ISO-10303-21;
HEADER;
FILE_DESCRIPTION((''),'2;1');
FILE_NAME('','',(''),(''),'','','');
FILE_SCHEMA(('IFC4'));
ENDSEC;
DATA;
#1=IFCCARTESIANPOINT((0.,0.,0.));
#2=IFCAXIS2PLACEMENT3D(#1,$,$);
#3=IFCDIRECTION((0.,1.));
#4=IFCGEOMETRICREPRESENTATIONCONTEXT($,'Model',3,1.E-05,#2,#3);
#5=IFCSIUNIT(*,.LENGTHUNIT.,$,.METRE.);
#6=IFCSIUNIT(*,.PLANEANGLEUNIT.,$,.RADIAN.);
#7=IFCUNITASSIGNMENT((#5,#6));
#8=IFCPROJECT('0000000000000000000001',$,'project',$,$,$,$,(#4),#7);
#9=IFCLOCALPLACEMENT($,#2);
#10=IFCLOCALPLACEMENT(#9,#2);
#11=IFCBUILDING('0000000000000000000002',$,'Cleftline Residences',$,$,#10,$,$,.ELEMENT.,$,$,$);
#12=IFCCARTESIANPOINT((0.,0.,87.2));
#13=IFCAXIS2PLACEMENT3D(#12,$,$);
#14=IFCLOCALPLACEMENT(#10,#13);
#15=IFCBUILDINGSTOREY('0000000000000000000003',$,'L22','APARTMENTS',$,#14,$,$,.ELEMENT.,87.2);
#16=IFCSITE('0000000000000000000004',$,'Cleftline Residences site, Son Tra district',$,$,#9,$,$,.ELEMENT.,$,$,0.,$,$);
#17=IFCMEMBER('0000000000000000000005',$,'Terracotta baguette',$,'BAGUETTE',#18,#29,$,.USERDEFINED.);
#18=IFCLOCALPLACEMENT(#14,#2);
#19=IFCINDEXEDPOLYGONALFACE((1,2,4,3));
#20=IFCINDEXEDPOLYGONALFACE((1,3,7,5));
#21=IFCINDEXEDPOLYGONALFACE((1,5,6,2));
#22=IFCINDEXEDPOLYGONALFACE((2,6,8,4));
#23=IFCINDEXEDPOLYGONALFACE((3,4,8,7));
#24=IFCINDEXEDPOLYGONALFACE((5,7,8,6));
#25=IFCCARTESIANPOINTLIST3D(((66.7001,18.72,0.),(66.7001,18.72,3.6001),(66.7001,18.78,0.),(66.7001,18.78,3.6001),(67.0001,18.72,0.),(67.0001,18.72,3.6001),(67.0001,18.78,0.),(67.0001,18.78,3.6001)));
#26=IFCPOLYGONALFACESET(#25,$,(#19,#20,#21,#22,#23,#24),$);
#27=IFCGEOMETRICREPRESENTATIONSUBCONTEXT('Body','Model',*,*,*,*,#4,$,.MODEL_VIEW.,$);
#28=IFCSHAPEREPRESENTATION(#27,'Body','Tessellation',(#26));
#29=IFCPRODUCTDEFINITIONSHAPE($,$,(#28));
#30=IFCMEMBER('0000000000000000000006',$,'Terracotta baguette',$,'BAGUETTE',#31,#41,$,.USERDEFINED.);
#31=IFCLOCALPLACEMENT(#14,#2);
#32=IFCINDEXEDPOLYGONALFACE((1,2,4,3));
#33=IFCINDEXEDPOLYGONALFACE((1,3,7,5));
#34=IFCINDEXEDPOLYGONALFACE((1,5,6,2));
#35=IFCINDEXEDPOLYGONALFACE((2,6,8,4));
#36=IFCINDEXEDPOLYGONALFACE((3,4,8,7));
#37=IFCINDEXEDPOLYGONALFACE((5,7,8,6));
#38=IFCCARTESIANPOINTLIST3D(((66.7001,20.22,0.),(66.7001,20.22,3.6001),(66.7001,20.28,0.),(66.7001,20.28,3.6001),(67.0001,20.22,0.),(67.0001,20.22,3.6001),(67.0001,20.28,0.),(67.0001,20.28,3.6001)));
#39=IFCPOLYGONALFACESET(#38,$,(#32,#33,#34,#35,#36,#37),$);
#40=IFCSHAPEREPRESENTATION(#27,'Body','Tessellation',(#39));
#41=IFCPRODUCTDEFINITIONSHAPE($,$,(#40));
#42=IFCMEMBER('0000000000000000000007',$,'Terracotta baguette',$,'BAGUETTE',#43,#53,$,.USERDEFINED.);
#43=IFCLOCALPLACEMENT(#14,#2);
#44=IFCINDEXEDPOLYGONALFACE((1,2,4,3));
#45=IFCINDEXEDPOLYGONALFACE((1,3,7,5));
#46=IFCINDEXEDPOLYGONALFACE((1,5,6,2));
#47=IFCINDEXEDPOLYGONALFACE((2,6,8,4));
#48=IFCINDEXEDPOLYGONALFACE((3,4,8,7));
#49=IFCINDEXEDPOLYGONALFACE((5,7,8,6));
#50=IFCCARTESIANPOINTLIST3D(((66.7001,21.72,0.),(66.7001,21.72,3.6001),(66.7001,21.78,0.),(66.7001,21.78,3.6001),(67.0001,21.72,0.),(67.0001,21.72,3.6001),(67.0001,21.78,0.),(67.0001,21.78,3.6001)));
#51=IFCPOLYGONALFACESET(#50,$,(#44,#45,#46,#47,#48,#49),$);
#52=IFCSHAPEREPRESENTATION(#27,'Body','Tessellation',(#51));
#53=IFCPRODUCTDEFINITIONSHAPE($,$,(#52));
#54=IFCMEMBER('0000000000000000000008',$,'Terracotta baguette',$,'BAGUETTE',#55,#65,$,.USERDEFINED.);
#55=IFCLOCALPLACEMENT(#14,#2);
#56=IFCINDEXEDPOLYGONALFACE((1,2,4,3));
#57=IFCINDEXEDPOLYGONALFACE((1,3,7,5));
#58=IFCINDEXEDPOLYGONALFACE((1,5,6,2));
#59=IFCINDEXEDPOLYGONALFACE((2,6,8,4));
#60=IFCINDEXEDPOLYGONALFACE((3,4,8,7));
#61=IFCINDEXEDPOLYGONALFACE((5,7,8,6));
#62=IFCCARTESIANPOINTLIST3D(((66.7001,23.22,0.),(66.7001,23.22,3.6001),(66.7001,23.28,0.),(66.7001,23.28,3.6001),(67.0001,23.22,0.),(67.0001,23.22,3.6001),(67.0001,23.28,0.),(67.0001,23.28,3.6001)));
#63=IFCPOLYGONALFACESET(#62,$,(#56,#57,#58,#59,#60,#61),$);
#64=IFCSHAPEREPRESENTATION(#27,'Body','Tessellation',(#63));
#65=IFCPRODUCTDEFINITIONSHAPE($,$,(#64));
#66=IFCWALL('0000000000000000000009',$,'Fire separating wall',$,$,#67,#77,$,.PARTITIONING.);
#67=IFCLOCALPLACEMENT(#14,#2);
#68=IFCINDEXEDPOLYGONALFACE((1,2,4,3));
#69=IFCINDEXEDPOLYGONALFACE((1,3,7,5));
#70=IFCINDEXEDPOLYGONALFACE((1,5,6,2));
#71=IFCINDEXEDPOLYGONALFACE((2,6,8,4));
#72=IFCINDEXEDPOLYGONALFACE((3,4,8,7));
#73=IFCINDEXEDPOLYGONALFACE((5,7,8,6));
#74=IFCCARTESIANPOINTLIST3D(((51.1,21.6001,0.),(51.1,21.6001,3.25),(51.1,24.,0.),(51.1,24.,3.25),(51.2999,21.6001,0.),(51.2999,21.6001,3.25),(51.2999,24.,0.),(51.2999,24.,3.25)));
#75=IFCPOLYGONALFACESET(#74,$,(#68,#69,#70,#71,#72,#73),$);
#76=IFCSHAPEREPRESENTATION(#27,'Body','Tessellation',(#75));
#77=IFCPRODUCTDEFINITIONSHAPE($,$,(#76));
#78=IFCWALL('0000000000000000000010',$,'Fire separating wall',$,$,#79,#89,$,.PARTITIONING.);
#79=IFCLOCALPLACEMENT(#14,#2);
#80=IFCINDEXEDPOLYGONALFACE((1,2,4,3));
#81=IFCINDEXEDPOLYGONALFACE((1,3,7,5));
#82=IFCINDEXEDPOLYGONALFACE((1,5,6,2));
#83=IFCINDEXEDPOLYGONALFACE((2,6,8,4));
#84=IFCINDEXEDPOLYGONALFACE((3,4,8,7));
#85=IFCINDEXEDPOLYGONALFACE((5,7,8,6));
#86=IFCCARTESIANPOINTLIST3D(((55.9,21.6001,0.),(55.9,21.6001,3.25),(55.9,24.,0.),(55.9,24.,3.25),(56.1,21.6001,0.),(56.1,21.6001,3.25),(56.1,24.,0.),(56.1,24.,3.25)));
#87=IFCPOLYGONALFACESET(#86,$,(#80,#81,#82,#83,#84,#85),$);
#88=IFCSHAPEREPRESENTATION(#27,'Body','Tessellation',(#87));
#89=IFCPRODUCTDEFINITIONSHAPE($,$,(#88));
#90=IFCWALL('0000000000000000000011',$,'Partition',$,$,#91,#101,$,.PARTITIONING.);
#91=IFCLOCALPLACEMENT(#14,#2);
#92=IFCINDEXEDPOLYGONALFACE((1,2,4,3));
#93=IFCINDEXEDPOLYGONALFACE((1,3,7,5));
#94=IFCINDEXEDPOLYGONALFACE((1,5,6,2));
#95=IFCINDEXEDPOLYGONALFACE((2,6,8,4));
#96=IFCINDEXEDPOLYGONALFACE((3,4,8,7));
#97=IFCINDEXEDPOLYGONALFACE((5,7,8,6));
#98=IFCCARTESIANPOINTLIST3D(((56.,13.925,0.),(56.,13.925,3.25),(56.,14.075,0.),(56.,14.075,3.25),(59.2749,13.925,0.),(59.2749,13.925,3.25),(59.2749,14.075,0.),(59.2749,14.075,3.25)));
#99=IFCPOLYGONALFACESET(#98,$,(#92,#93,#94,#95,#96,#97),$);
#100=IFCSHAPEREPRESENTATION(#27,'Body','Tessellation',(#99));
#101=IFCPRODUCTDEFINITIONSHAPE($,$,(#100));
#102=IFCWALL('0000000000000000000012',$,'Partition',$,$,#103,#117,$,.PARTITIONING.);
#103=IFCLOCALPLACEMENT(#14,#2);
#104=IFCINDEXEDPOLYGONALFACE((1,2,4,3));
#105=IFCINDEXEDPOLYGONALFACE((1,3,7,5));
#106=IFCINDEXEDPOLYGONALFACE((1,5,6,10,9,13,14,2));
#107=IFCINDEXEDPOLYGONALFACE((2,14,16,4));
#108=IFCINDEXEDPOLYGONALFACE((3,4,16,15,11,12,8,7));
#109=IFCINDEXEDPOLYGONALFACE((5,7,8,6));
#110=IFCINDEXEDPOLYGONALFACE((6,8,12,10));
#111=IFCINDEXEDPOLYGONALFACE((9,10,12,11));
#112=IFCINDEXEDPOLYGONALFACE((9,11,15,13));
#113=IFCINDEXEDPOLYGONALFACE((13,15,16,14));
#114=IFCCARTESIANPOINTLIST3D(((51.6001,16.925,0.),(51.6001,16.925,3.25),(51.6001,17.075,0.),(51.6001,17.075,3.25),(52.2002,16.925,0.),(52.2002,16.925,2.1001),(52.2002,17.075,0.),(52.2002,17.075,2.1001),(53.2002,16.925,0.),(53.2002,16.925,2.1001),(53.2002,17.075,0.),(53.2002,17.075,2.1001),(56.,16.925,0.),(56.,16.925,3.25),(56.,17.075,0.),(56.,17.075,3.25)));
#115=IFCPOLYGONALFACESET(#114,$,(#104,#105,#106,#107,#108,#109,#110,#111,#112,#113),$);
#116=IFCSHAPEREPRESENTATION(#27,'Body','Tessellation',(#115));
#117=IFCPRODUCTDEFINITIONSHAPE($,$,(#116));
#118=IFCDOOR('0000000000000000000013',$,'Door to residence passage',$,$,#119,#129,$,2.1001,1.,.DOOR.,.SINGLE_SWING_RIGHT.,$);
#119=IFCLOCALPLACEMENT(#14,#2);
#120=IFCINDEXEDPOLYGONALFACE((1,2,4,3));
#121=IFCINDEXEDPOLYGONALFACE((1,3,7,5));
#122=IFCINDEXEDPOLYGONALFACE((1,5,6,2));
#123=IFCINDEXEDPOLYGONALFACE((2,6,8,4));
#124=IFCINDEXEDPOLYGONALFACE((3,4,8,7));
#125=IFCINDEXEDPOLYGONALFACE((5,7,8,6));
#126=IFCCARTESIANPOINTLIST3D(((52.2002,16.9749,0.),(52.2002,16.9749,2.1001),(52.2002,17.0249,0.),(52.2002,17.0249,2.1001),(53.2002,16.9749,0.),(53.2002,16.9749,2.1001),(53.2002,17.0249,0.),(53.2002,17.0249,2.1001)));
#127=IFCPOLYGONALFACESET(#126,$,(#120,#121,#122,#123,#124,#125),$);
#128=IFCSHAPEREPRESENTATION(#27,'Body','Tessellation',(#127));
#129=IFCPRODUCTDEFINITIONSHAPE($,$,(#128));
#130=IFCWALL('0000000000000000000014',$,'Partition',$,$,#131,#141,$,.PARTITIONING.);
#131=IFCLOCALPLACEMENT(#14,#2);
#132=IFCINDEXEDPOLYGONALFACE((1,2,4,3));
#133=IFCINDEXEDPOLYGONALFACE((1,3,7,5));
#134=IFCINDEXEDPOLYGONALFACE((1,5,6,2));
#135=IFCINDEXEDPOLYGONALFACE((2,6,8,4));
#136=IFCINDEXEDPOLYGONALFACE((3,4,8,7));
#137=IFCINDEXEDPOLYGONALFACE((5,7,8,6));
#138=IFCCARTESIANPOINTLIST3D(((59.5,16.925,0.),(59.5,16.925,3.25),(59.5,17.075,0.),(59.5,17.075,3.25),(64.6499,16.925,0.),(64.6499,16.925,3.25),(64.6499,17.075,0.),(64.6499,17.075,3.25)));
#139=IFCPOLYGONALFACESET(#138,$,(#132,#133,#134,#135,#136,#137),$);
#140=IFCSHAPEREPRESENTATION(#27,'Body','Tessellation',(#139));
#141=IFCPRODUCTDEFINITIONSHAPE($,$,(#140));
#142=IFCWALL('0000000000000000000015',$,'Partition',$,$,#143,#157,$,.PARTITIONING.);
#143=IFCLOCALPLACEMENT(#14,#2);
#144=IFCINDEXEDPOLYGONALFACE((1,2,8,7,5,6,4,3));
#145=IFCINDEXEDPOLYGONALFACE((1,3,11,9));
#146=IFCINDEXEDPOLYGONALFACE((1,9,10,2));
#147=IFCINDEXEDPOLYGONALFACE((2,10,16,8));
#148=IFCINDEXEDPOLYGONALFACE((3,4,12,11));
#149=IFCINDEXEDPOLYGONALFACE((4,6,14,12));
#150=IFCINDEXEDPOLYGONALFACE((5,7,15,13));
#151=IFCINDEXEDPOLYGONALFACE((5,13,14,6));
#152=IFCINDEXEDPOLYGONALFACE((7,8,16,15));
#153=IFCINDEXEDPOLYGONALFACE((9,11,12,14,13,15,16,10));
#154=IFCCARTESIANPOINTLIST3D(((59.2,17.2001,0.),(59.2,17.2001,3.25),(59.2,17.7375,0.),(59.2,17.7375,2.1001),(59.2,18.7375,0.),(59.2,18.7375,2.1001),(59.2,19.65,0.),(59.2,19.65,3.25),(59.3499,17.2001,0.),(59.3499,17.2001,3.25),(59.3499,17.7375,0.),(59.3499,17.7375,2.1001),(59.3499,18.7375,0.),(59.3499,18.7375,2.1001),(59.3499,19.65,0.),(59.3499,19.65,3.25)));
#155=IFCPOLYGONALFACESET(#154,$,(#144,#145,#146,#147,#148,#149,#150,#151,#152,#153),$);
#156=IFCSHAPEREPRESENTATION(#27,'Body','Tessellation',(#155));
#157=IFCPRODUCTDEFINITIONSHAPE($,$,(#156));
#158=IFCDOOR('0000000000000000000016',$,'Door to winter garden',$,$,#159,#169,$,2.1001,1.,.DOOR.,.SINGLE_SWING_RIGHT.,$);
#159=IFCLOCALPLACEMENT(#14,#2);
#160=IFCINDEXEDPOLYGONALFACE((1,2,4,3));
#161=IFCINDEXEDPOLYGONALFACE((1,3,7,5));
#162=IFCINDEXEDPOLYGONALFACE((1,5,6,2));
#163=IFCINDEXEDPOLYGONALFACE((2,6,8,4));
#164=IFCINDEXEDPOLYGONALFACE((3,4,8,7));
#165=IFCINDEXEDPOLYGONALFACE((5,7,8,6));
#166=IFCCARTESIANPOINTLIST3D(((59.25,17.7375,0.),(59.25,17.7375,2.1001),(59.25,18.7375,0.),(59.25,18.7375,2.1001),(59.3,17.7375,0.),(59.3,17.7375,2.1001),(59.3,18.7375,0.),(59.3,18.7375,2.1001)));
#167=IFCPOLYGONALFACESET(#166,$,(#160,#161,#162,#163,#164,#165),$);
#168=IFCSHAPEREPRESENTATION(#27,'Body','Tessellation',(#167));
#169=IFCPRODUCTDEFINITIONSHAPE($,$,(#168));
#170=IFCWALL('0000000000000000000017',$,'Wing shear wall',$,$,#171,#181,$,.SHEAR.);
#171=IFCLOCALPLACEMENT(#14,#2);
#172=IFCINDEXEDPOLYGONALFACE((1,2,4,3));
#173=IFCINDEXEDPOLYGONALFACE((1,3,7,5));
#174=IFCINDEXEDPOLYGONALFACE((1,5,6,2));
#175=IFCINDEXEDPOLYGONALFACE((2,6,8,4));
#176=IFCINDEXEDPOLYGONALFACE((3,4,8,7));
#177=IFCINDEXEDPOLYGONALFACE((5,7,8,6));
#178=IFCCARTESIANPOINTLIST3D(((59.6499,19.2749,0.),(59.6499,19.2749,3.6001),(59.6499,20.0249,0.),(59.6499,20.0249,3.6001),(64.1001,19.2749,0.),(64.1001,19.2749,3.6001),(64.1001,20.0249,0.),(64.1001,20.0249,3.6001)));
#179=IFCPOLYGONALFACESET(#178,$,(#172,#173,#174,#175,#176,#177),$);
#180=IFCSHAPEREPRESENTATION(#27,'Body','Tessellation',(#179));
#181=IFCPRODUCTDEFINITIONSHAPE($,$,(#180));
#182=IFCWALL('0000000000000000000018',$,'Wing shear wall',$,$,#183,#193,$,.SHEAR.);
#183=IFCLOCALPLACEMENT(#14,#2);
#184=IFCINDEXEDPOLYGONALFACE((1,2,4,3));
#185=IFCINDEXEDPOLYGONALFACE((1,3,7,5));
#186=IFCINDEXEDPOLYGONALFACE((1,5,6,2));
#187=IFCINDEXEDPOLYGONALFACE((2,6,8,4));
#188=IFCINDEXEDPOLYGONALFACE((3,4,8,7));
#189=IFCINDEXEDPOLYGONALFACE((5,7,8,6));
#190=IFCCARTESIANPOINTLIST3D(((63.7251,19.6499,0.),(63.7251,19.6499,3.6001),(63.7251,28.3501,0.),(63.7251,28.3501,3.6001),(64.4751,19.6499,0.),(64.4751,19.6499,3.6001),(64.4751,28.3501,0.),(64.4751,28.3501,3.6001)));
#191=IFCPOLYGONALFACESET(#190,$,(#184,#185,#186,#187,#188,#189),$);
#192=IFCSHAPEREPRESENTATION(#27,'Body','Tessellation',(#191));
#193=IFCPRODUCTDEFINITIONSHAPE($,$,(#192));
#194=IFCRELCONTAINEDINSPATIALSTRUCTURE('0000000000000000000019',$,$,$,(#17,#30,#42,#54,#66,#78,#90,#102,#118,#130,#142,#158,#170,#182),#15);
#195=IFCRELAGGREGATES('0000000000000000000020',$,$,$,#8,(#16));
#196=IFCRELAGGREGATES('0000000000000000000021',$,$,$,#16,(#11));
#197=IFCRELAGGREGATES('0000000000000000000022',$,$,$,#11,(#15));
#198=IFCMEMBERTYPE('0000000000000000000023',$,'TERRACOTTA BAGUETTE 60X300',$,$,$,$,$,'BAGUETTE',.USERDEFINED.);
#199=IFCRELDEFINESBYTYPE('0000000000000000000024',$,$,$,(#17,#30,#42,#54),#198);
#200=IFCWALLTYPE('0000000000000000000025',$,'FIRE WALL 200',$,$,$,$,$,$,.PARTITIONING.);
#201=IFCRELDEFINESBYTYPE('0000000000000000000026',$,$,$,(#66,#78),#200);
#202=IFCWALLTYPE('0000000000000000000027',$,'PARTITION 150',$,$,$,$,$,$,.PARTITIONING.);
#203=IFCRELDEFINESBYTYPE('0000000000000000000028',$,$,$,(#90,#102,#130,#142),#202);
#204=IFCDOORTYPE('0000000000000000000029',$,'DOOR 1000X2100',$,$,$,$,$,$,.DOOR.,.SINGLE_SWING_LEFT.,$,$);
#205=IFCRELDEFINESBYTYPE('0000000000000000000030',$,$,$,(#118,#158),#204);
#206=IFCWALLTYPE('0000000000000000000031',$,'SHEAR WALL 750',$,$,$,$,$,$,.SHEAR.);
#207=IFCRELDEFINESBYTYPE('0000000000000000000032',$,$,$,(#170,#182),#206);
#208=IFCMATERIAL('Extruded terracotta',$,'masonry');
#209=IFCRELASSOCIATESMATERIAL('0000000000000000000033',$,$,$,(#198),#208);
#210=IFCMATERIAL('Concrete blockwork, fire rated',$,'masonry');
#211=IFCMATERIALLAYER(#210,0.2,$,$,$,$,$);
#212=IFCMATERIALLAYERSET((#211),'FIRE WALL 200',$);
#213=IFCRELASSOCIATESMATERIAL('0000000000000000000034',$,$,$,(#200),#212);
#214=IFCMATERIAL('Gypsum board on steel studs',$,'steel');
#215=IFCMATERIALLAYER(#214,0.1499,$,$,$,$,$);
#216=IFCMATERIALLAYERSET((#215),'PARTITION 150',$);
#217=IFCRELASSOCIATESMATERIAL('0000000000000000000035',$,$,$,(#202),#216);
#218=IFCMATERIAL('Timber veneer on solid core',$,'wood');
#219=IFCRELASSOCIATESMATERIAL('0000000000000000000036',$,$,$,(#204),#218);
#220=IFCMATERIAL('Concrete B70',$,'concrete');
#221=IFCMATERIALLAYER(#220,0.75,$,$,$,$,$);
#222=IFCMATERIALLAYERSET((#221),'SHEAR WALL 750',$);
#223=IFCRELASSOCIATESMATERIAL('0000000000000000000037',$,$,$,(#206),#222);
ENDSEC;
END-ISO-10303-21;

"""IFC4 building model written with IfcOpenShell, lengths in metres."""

from ifc_helpers import new_model, si_unit, direction, frame, frame_2d, origin, origin_2d, place, context, subcontext, project, spatial, rectangle, extrude, material, layer, layer_set, material_profile, profile_set, type_object, element, fill, save


model = new_model("IFC4")

# Units and contexts
model_context = context("Model", 3, precision=1e-05, world=origin(), true_north=direction((0.0, 1.0)))
body_context = subcontext(model_context, "Body", "Model", "MODEL_VIEW")
ifc_project = project(units=[si_unit("LENGTHUNIT", "METRE"), si_unit("PLANEANGLEUNIT", "RADIAN")], contexts=[model_context])

# Site, building, storey
site_placement = place(None, origin())
site = spatial("IfcSite", under=ifc_project, at=site_placement, Name="Cleftline Residences site, Son Tra district", CompositionType="ELEMENT", RefElevation=0.0)
building_placement = place(site_placement, origin())
building = spatial("IfcBuilding", under=site, at=building_placement, Name="Cleftline Residences", CompositionType="ELEMENT")
storey_placement = place(building_placement, frame((0.0, 0.0, 87.2)))
storey = spatial("IfcBuildingStorey", under=building, at=storey_placement, Name="L22", Description="APARTMENTS", CompositionType="ELEMENT", Elevation=87.2)

# Members
ifc_material_1 = material(Name="Extruded terracotta", Category="masonry")
ifc_material_profile_1 = material_profile(ifc_material_1, rectangle(XDim=0.0601, YDim=0.3, at=origin_2d()))
ifc_profile_set_1 = profile_set([ifc_material_profile_1], Name="Extruded terracotta")
member_type_1 = type_object("IfcMemberType", Name="TERRACOTTA BAGUETTE 60X300", ElementType="BAGUETTE", PredefinedType="USERDEFINED", material=ifc_profile_set_1)
for number, where, z_axis, x_axis, name in (
    (1, (66.8501, 18.75, 0.0), (0.0, 0.0, 1.0), (0.0, 1.0, 0.0), "Terracotta baguette"),
    (2, (66.8501, 20.25, 0.0), (0.0, 0.0, 1.0), (0.0, 1.0, 0.0), "Terracotta baguette"),
    (3, (66.8501, 21.75, 0.0), (0.0, 0.0, 1.0), (0.0, 1.0, 0.0), "Terracotta baguette"),
    (4, (66.8501, 23.25, 0.0), (0.0, 0.0, 1.0), (0.0, 1.0, 0.0), "Terracotta baguette"),
):
    element("IfcMember", number, at=place(storey_placement, frame(where, z_axis=z_axis, x_axis=x_axis)), inside=storey, type_object=member_type_1, Name=name, ObjectType="BAGUETTE", PredefinedType="USERDEFINED", context=body_context, shape_type="SweptSolid", body=[
        extrude(rectangle(XDim=0.0601, YDim=0.3, at=origin_2d()), origin(), (0.0, 0.0, 1.0), 3.6001),
    ])

# Walls
ifc_material_2 = material(Name="Concrete blockwork, fire rated", Category="masonry")
ifc_layer_1 = layer(ifc_material_2, 0.2)
ifc_layer_set_1 = layer_set([ifc_layer_1], Name="FIRE WALL 200")
wall_type_1 = type_object("IfcWallType", Name="FIRE WALL 200", PredefinedType="PARTITIONING", material=ifc_layer_set_1)
for number, where, z_axis, x_axis, name in (
    (5, (51.2, 21.6001, 0.0), (0.0, 0.0, 1.0), (0.0, 1.0, 0.0), "Fire separating wall"),
    (6, (56.0, 21.6001, 0.0), (0.0, 0.0, 1.0), (0.0, 1.0, 0.0), "Fire separating wall"),
):
    element("IfcWall", number, at=place(storey_placement, frame(where, z_axis=z_axis, x_axis=x_axis)), inside=storey, type_object=wall_type_1, Name=name, PredefinedType="PARTITIONING", context=body_context, shape_type="SweptSolid", body=[
        extrude(rectangle(XDim=2.3999, YDim=0.2, at=frame_2d((1.2, 0.0))), origin(), (0.0, 0.0, 1.0), 3.25),
    ])
ifc_material_3 = material(Name="Gypsum board on steel studs", Category="steel")
ifc_layer_2 = layer(ifc_material_3, 0.1499)
ifc_layer_set_2 = layer_set([ifc_layer_2], Name="PARTITION 150")
wall_type_2 = type_object("IfcWallType", Name="PARTITION 150", PredefinedType="PARTITIONING", material=ifc_layer_set_2)
wall_1_placement = place(storey_placement, frame((56.0, 14.0, 0.0), z_axis=(0.0, 0.0, 1.0), x_axis=(1.0, 0.0, 0.0)))
element("IfcWall", 7, at=wall_1_placement, inside=storey, type_object=wall_type_2, Name="Partition", PredefinedType="PARTITIONING", context=body_context, shape_type="SweptSolid", body=[
    extrude(rectangle(XDim=3.2749, YDim=0.1499, at=frame_2d((1.6375, 0.0))), origin(), (0.0, 0.0, 1.0), 3.25),
])

# Wall, opening, door
wall_2_placement = place(storey_placement, frame((51.6001, 17.0, 0.0), z_axis=(0.0, 0.0, 1.0), x_axis=(1.0, 0.0, 0.0)))
wall_2 = element("IfcWall", 8, at=wall_2_placement, inside=storey, type_object=wall_type_2, Name="Partition", PredefinedType="PARTITIONING", context=body_context, shape_type="SweptSolid", body=[
    extrude(rectangle(XDim=4.3999, YDim=0.1499, at=frame_2d((2.2, 0.0))), origin(), (0.0, 0.0, 1.0), 3.25),
])
opening_1_placement = place(wall_2_placement, frame((0.6001, 0.0, 0.0)))
opening_1 = element("IfcOpeningElement", 9, at=opening_1_placement, cuts=wall_2, PredefinedType="OPENING", context=body_context, shape_type="SweptSolid", body=[
    extrude(rectangle(XDim=1.0, YDim=2.1001, at=frame_2d((0.5, 1.05))), frame((0.0, 0.085, 0.0), z_axis=(0.0, -1.0, 0.0), x_axis=(1.0, 0.0, 0.0)), (0.0, 0.0, 1.0), 0.1699),
])
ifc_material_4 = material(Name="Timber veneer on solid core", Category="wood")
door_type = type_object("IfcDoorType", Name="DOOR 1000X2100", OperationType="SINGLE_SWING_LEFT", PredefinedType="DOOR", material=ifc_material_4)
door_1_placement = place(opening_1_placement, origin())
door_1 = element("IfcDoor", 10, at=door_1_placement, inside=storey, type_object=door_type, Name="Door to residence passage", OperationType="SINGLE_SWING_RIGHT", OverallHeight=2.1001, OverallWidth=1.0, PredefinedType="DOOR", context=body_context, shape_type="SweptSolid", body=[
    extrude(rectangle(XDim=1.0, YDim=2.1001, at=frame_2d((0.5, 1.05))), frame((0.0, 0.0249, 0.0), z_axis=(0.0, -1.0, 0.0), x_axis=(1.0, 0.0, 0.0)), (0.0, 0.0, 1.0), 0.05),
])
fill(opening_1, door_1)

# Wall
wall_3_placement = place(storey_placement, frame((59.5, 17.0, 0.0), z_axis=(0.0, 0.0, 1.0), x_axis=(1.0, 0.0, 0.0)))
element("IfcWall", 11, at=wall_3_placement, inside=storey, type_object=wall_type_2, Name="Partition", PredefinedType="PARTITIONING", context=body_context, shape_type="SweptSolid", body=[
    extrude(rectangle(XDim=5.1499, YDim=0.1499, at=frame_2d((2.575, 0.0))), origin(), (0.0, 0.0, 1.0), 3.25),
])

# Wall, opening, door
wall_4_placement = place(storey_placement, frame((59.2749, 17.2, 0.0), z_axis=(0.0, 0.0, 1.0), x_axis=(0.0, 1.0, 0.0)))
wall_4 = element("IfcWall", 12, at=wall_4_placement, inside=storey, type_object=wall_type_2, Name="Partition", PredefinedType="PARTITIONING", context=body_context, shape_type="SweptSolid", body=[
    extrude(rectangle(XDim=2.45, YDim=0.1499, at=frame_2d((1.2251, 0.0))), origin(), (0.0, 0.0, 1.0), 3.25),
])
opening_2_placement = place(wall_4_placement, frame((0.5376, 0.0, 0.0)))
opening_2 = element("IfcOpeningElement", 13, at=opening_2_placement, cuts=wall_4, PredefinedType="OPENING", context=body_context, shape_type="SweptSolid", body=[
    extrude(rectangle(XDim=1.0, YDim=2.1001, at=frame_2d((0.5, 1.05))), frame((0.0, 0.085, 0.0), z_axis=(0.0, -1.0, 0.0), x_axis=(1.0, 0.0, 0.0)), (0.0, 0.0, 1.0), 0.1699),
])
door_2_placement = place(opening_2_placement, origin())
door_2 = element("IfcDoor", 14, at=door_2_placement, inside=storey, type_object=door_type, Name="Door to winter garden", OperationType="SINGLE_SWING_RIGHT", OverallHeight=2.1001, OverallWidth=1.0, PredefinedType="DOOR", context=body_context, shape_type="SweptSolid", body=[
    extrude(rectangle(XDim=1.0, YDim=2.1001, at=frame_2d((0.5, 1.05))), frame((0.0, 0.0249, 0.0), z_axis=(0.0, -1.0, 0.0), x_axis=(1.0, 0.0, 0.0)), (0.0, 0.0, 1.0), 0.05),
])
fill(opening_2, door_2)

# Walls
ifc_material_5 = material(Name="Concrete B70", Category="concrete")
ifc_layer_3 = layer(ifc_material_5, 0.75)
ifc_layer_set_3 = layer_set([ifc_layer_3], Name="SHEAR WALL 750")
wall_type_3 = type_object("IfcWallType", Name="SHEAR WALL 750", PredefinedType="SHEAR", material=ifc_layer_set_3)
wall_5_placement = place(storey_placement, frame((59.6499, 19.6499, 0.0), z_axis=(0.0, 0.0, 1.0), x_axis=(1.0, 0.0, 0.0)))
element("IfcWall", 15, at=wall_5_placement, inside=storey, type_object=wall_type_3, Name="Wing shear wall", PredefinedType="SHEAR", context=body_context, shape_type="SweptSolid", body=[
    extrude(rectangle(XDim=4.4502, YDim=0.75, at=frame_2d((2.2251, 0.0))), origin(), (0.0, 0.0, 1.0), 3.6001),
])
wall_6_placement = place(storey_placement, frame((64.1001, 19.6499, 0.0), z_axis=(0.0, 0.0, 1.0), x_axis=(0.0, 1.0, 0.0)))
element("IfcWall", 16, at=wall_6_placement, inside=storey, type_object=wall_type_3, Name="Wing shear wall", PredefinedType="SHEAR", context=body_context, shape_type="SweptSolid", body=[
    extrude(rectangle(XDim=8.7002, YDim=0.75, at=frame_2d((4.3501, 0.0))), origin(), (0.0, 0.0, 1.0), 3.6001),
])

save(model, "model.ifc")
